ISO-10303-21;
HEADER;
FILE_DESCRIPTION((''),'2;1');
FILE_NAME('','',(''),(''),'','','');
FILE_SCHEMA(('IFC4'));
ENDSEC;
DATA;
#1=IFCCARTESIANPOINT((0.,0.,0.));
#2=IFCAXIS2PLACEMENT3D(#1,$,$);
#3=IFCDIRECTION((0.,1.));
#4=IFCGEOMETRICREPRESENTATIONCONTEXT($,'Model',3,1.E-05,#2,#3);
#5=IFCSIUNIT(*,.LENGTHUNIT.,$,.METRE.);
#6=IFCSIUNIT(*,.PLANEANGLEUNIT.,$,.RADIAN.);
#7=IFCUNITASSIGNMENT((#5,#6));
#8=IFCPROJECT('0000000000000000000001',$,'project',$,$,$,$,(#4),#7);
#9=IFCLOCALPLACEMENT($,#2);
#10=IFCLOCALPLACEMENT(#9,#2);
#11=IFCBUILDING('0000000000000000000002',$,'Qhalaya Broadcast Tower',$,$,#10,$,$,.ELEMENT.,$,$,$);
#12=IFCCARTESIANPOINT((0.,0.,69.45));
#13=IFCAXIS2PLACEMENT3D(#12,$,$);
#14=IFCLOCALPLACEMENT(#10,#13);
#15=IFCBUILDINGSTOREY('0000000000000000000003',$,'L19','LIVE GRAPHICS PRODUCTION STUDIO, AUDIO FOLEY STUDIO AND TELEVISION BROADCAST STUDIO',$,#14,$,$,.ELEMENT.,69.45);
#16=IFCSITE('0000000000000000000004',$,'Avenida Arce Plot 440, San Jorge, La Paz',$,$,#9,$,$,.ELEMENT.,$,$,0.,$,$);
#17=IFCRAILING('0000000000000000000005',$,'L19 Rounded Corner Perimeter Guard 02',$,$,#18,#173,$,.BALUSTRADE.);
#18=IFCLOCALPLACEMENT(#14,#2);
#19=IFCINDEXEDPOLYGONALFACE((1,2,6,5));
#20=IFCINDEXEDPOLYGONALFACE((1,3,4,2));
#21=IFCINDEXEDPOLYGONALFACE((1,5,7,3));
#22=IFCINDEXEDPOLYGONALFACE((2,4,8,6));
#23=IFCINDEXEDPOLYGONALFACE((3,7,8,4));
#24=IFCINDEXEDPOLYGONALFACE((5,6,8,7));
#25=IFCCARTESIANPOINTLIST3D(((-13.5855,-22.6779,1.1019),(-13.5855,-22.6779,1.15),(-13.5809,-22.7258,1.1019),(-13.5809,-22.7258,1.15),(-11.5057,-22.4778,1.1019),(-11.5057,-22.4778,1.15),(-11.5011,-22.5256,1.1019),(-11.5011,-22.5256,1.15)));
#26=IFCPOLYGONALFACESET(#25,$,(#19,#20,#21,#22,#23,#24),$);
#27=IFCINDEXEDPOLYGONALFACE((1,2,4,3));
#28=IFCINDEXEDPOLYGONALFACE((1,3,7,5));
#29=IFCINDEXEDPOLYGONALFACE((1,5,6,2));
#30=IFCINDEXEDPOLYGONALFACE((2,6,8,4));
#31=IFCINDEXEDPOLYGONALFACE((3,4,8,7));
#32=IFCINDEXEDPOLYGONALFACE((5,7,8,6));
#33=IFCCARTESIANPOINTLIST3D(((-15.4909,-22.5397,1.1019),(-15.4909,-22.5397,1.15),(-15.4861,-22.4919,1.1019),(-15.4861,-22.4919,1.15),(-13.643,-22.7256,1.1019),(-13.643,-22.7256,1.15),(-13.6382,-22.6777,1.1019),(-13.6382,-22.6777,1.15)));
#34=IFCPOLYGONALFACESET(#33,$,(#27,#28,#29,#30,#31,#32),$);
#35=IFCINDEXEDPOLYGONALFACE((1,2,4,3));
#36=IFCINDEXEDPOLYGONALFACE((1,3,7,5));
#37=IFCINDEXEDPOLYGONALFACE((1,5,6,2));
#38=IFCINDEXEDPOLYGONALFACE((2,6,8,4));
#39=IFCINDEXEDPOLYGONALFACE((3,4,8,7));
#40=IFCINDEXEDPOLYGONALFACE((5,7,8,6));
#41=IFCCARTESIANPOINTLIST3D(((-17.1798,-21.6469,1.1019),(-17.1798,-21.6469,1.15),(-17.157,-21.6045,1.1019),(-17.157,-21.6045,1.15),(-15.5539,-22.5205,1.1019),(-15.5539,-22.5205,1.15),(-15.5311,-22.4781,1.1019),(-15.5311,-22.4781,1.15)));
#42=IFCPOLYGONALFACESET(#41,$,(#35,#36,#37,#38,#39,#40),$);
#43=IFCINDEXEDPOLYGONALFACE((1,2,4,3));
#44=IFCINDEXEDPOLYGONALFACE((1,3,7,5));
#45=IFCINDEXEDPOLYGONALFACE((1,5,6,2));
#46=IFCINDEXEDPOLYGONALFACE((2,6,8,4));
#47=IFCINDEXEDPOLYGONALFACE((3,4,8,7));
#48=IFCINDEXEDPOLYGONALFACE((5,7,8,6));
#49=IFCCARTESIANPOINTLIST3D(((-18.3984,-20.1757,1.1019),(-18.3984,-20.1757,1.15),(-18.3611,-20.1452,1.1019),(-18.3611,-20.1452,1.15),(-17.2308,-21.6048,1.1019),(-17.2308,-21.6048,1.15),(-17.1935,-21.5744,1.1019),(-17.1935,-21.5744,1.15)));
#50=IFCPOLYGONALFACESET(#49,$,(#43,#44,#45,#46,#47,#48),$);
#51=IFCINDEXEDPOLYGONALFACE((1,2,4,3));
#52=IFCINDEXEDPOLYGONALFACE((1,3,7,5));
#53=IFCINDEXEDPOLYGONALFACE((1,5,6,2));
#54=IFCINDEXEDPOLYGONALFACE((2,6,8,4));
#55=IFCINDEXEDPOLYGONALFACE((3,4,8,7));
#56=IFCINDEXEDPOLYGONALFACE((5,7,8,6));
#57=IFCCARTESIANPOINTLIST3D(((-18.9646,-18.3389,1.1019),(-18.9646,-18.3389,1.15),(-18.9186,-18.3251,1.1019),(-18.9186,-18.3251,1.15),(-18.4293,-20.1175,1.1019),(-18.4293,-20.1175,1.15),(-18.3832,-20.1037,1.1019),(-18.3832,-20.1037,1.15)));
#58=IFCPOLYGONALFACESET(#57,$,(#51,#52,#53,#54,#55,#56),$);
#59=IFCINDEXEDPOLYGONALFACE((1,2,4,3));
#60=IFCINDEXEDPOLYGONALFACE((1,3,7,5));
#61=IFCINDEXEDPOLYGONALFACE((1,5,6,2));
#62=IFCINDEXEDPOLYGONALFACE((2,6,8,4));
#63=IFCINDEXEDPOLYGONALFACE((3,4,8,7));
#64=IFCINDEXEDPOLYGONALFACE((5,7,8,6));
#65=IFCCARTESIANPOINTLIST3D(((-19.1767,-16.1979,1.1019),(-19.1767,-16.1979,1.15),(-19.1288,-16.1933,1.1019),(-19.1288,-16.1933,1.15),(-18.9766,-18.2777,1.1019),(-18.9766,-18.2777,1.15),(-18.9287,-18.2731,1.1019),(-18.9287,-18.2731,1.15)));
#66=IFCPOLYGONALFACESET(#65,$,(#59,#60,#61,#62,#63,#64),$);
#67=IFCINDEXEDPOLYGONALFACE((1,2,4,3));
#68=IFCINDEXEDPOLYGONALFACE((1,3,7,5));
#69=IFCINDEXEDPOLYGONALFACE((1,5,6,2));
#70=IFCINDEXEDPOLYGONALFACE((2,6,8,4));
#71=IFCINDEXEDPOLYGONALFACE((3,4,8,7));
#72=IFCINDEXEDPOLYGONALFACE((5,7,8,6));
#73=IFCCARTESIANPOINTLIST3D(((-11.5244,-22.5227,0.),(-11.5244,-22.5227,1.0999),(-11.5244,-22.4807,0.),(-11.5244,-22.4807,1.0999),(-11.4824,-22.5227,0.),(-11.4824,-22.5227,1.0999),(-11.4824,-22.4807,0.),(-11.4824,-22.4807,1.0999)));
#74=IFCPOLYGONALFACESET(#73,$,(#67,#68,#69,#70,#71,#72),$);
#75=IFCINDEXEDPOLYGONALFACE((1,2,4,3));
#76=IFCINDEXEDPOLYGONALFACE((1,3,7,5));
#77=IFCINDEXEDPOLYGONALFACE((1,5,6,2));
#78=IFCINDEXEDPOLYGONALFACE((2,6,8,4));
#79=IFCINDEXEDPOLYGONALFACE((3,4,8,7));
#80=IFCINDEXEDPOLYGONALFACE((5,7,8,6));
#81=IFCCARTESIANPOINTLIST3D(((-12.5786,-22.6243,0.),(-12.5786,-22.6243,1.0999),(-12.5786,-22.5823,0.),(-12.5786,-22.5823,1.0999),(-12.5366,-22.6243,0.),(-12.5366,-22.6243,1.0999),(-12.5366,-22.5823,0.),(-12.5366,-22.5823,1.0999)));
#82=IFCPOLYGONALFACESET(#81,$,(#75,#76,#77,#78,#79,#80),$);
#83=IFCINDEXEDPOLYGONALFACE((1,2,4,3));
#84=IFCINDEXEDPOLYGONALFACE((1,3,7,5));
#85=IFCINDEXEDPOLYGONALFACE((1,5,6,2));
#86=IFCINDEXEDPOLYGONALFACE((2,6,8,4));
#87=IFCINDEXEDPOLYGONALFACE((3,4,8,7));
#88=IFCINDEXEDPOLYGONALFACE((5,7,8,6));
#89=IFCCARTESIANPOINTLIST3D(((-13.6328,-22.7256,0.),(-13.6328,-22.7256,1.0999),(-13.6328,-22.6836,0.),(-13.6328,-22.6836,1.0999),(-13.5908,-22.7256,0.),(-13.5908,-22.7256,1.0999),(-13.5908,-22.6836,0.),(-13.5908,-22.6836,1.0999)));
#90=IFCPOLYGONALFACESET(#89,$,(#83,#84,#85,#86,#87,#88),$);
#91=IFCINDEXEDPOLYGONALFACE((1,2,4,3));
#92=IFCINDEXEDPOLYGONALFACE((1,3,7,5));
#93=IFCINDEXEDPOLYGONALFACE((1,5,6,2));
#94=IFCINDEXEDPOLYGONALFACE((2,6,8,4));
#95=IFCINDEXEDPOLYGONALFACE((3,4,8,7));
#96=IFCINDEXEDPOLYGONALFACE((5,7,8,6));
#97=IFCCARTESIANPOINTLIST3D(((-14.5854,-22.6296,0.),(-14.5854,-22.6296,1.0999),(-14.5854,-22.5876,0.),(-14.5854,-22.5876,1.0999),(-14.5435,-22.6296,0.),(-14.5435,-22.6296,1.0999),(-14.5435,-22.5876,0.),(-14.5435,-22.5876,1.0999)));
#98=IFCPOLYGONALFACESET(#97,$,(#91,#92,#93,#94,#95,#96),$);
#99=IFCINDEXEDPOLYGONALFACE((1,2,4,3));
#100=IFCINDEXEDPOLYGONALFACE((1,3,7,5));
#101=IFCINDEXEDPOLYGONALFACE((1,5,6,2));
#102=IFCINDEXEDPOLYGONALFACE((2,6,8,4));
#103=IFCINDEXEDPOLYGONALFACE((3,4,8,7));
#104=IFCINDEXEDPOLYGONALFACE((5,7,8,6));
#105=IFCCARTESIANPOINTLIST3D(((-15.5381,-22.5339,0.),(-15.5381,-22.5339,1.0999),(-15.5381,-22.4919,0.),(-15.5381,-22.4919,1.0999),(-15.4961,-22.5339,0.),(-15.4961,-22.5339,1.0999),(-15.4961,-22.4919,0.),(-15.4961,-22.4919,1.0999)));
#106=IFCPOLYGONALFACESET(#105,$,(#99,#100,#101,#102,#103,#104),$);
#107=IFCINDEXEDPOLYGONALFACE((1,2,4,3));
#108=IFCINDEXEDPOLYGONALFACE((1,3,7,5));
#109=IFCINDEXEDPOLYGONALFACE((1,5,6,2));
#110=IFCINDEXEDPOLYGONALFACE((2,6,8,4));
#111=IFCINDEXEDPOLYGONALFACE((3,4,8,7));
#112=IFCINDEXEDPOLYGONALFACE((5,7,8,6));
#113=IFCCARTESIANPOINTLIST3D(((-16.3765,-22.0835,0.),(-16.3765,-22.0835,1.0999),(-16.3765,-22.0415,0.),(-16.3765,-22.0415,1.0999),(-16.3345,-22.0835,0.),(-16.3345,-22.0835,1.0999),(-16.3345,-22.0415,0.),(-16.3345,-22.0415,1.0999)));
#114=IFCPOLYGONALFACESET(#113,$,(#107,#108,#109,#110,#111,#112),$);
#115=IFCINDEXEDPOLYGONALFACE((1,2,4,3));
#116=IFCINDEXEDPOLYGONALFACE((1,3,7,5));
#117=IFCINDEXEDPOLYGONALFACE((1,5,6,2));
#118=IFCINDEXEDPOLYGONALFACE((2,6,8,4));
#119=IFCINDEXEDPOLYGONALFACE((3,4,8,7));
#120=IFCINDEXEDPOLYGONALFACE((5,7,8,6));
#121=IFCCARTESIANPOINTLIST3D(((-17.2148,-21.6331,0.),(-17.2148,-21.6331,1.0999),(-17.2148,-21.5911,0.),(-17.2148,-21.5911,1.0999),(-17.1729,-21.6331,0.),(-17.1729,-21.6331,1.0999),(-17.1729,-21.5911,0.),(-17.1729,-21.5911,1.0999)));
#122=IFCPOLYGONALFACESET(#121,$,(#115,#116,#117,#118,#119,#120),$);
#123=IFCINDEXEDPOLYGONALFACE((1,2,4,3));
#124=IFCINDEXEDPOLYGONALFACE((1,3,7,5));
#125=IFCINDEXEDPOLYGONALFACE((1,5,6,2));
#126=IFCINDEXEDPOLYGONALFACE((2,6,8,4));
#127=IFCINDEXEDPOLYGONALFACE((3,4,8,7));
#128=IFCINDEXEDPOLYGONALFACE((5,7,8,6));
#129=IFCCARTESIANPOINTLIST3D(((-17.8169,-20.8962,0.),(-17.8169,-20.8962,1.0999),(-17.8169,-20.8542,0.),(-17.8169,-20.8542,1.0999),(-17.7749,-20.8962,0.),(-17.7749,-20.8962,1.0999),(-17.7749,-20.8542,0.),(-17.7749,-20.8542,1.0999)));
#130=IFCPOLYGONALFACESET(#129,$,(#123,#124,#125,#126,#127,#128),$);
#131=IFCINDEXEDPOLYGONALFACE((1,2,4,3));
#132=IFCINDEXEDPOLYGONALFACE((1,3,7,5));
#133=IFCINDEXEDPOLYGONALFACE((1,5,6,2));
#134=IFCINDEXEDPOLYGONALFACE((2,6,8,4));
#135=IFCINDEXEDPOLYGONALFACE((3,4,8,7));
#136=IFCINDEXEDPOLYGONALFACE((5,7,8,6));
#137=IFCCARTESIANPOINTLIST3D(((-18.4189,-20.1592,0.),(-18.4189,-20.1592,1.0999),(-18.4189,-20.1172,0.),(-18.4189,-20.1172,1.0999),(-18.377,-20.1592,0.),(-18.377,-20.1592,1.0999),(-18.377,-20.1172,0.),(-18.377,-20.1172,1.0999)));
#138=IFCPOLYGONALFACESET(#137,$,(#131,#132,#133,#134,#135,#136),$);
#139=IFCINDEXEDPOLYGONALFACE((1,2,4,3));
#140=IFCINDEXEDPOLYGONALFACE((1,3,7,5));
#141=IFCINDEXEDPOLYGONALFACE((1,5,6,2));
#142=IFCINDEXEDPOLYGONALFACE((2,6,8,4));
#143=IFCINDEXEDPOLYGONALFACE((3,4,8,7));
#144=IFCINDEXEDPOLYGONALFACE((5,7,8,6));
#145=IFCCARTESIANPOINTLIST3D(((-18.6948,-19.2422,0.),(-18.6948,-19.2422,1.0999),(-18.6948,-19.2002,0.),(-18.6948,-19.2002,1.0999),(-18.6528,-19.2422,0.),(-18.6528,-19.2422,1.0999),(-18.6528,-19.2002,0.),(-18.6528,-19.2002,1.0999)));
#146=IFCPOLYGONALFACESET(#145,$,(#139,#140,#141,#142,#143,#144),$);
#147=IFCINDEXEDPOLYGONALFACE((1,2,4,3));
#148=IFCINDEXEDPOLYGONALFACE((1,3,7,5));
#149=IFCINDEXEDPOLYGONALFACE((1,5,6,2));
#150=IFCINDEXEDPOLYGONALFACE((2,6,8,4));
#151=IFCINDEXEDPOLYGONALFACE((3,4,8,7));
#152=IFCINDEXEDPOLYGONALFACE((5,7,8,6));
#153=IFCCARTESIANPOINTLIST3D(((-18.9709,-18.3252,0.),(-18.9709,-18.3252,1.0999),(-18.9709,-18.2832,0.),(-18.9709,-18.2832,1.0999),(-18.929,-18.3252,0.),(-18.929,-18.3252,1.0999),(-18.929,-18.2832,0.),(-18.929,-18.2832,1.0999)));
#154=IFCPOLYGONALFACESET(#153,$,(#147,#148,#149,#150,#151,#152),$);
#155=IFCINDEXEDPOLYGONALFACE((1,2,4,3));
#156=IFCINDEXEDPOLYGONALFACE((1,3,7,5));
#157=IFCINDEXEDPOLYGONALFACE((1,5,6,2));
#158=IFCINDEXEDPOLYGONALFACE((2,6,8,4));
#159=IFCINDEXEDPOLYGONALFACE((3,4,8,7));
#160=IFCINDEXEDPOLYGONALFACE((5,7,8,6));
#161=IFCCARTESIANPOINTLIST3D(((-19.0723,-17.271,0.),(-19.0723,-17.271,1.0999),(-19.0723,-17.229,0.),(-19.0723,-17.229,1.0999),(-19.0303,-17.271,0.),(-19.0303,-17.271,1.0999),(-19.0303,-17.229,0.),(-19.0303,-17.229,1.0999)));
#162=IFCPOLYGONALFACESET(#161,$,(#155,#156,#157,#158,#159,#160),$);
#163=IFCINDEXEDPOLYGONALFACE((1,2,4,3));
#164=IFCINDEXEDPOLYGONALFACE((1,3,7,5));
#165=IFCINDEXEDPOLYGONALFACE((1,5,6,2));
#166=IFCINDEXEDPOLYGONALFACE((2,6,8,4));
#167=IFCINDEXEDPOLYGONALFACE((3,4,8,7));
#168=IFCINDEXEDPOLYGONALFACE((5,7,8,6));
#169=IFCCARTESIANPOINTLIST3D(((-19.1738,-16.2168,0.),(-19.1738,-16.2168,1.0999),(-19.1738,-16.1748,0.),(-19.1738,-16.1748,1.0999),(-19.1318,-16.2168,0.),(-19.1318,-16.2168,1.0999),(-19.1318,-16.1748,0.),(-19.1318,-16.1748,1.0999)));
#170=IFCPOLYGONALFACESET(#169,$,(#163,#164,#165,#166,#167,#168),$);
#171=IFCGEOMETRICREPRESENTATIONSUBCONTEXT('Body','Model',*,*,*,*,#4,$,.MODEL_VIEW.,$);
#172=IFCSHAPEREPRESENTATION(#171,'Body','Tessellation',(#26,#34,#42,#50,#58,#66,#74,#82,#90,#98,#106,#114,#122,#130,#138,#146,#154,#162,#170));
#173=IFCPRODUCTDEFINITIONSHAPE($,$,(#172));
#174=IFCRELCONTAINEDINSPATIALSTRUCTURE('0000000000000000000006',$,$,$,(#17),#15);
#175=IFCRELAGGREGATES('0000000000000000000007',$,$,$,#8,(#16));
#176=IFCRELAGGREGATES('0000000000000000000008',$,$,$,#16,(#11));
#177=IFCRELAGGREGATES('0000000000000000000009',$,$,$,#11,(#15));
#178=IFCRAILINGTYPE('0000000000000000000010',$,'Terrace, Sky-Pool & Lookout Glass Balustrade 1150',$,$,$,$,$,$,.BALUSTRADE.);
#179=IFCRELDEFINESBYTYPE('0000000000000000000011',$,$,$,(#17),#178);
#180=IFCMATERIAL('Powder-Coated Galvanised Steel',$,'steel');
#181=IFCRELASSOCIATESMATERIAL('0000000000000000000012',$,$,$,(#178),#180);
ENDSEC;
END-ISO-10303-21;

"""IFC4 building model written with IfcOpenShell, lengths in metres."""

from ifc_helpers import new_model, si_unit, direction, frame, origin, origin_2d, place, context, subcontext, project, spatial, rectangle, extrude, material, type_object, element, save


model = new_model("IFC4")

# Units and contexts
model_context = context("Model", 3, precision=1e-05, world=origin(), true_north=direction((0.0, 1.0)))
body_context = subcontext(model_context, "Body", "Model", "MODEL_VIEW")
ifc_project = project(units=[si_unit("LENGTHUNIT", "METRE"), si_unit("PLANEANGLEUNIT", "RADIAN")], contexts=[model_context])

# Site, building, storey
site_placement = place(None, origin())
site = spatial("IfcSite", under=ifc_project, at=site_placement, Name="Avenida Arce Plot 440, San Jorge, La Paz", CompositionType="ELEMENT", RefElevation=0.0)
building_placement = place(site_placement, origin())
building = spatial("IfcBuilding", under=site, at=building_placement, Name="Qhalaya Broadcast Tower", CompositionType="ELEMENT")
storey_placement = place(building_placement, frame((0.0, 0.0, 69.45)))
storey = spatial("IfcBuildingStorey", under=building, at=storey_placement, Name="L19", Description="LIVE GRAPHICS PRODUCTION STUDIO, AUDIO FOLEY STUDIO AND TELEVISION BROADCAST STUDIO", CompositionType="ELEMENT", Elevation=69.45)

# Railing
ifc_material_1 = material(Name="Powder-Coated Galvanised Steel", Category="steel")
railing_type = type_object("IfcRailingType", Name="Terrace, Sky-Pool & Lookout Glass Balustrade 1150", PredefinedType="BALUSTRADE", material=ifc_material_1)
railing_placement = place(storey_placement, frame((-11.5034, -22.5017, 0.0)))
element("IfcRailing", 1, at=railing_placement, inside=storey, type_object=railing_type, Name="L19 Rounded Corner Perimeter Guard 02", PredefinedType="BALUSTRADE", context=body_context, shape_type="SweptSolid", body=[
    extrude(rectangle(XDim=0.0481, YDim=0.0481, at=origin_2d()), frame((0.0, 0.0, 1.126), z_axis=(-0.995402, -0.095783, 0.0), x_axis=(0.095783, -0.995402, 0.0)), (0.0, 0.0, 1.0), 2.0894),
    extrude(rectangle(XDim=0.0481, YDim=0.0481, at=origin_2d()), frame((-2.1372, -0.2, 1.126), z_axis=(-0.994979, 0.100084, 0.0), x_axis=(-0.100084, -0.994979, 0.0)), (0.0, 0.0, 1.0), 1.8572),
    extrude(rectangle(XDim=0.0481, YDim=0.0481, at=origin_2d()), frame((-4.0391, 0.0024, 1.126), z_axis=(-0.880907, 0.473289, 0.0), x_axis=(-0.473289, -0.880907, 0.0)), (0.0, 0.0, 1.0), 1.8457),
    extrude(rectangle(XDim=0.0481, YDim=0.0481, at=origin_2d()), frame((-5.7087, 0.9121, 1.126), z_axis=(-0.632672, 0.77442, 0.0), x_axis=(-0.77442, -0.632672, 0.0)), (0.0, 0.0, 1.0), 1.8455),
    extrude(rectangle(XDim=0.0481, YDim=0.0481, at=origin_2d()), frame((-6.9028, 2.3911, 1.126), z_axis=(-0.288213, 0.957566, 0.0), x_axis=(-0.957566, -0.288213, 0.0)), (0.0, 0.0, 1.0), 1.8574),
    extrude(rectangle(XDim=0.0481, YDim=0.0481, at=origin_2d()), frame((-7.4492, 4.2263, 1.126), z_axis=(-0.095783, 0.995402, 0.0), x_axis=(-0.995402, -0.095783, 0.0)), (0.0, 0.0, 1.0), 2.0894),
    extrude(rectangle(XDim=0.042, YDim=0.042, at=origin_2d()), origin(), (0.0, 0.0, 1.0), 1.0999),
    extrude(rectangle(XDim=0.042, YDim=0.042, at=origin_2d()), frame((-1.0542, -0.1016, 0.0)), (0.0, 0.0, 1.0), 1.0999),
    extrude(rectangle(XDim=0.042, YDim=0.042, at=origin_2d()), frame((-2.1084, -0.2029, 0.0)), (0.0, 0.0, 1.0), 1.0999),
    extrude(rectangle(XDim=0.042, YDim=0.042, at=origin_2d()), frame((-3.061, -0.1069, 0.0)), (0.0, 0.0, 1.0), 1.0999),
    extrude(rectangle(XDim=0.042, YDim=0.042, at=origin_2d()), frame((-4.0137, -0.0112, 0.0)), (0.0, 0.0, 1.0), 1.0999),
    extrude(rectangle(XDim=0.042, YDim=0.042, at=origin_2d()), frame((-4.8521, 0.4392, 0.0)), (0.0, 0.0, 1.0), 1.0999),
    extrude(rectangle(XDim=0.042, YDim=0.042, at=origin_2d()), frame((-5.6904, 0.8896, 0.0)), (0.0, 0.0, 1.0), 1.0999),
    extrude(rectangle(XDim=0.042, YDim=0.042, at=origin_2d()), frame((-6.2925, 1.6265, 0.0)), (0.0, 0.0, 1.0), 1.0999),
    extrude(rectangle(XDim=0.042, YDim=0.042, at=origin_2d()), frame((-6.8945, 2.3635, 0.0)), (0.0, 0.0, 1.0), 1.0999),
    extrude(rectangle(XDim=0.042, YDim=0.042, at=origin_2d()), frame((-7.1704, 3.2805, 0.0)), (0.0, 0.0, 1.0), 1.0999),
    extrude(rectangle(XDim=0.042, YDim=0.042, at=origin_2d()), frame((-7.4465, 4.1975, 0.0)), (0.0, 0.0, 1.0), 1.0999),
    extrude(rectangle(XDim=0.042, YDim=0.042, at=origin_2d()), frame((-7.5479, 5.2517, 0.0)), (0.0, 0.0, 1.0), 1.0999),
    extrude(rectangle(XDim=0.042, YDim=0.042, at=origin_2d()), frame((-7.6494, 6.3059, 0.0)), (0.0, 0.0, 1.0), 1.0999),
])

save(model, "model.ifc")
